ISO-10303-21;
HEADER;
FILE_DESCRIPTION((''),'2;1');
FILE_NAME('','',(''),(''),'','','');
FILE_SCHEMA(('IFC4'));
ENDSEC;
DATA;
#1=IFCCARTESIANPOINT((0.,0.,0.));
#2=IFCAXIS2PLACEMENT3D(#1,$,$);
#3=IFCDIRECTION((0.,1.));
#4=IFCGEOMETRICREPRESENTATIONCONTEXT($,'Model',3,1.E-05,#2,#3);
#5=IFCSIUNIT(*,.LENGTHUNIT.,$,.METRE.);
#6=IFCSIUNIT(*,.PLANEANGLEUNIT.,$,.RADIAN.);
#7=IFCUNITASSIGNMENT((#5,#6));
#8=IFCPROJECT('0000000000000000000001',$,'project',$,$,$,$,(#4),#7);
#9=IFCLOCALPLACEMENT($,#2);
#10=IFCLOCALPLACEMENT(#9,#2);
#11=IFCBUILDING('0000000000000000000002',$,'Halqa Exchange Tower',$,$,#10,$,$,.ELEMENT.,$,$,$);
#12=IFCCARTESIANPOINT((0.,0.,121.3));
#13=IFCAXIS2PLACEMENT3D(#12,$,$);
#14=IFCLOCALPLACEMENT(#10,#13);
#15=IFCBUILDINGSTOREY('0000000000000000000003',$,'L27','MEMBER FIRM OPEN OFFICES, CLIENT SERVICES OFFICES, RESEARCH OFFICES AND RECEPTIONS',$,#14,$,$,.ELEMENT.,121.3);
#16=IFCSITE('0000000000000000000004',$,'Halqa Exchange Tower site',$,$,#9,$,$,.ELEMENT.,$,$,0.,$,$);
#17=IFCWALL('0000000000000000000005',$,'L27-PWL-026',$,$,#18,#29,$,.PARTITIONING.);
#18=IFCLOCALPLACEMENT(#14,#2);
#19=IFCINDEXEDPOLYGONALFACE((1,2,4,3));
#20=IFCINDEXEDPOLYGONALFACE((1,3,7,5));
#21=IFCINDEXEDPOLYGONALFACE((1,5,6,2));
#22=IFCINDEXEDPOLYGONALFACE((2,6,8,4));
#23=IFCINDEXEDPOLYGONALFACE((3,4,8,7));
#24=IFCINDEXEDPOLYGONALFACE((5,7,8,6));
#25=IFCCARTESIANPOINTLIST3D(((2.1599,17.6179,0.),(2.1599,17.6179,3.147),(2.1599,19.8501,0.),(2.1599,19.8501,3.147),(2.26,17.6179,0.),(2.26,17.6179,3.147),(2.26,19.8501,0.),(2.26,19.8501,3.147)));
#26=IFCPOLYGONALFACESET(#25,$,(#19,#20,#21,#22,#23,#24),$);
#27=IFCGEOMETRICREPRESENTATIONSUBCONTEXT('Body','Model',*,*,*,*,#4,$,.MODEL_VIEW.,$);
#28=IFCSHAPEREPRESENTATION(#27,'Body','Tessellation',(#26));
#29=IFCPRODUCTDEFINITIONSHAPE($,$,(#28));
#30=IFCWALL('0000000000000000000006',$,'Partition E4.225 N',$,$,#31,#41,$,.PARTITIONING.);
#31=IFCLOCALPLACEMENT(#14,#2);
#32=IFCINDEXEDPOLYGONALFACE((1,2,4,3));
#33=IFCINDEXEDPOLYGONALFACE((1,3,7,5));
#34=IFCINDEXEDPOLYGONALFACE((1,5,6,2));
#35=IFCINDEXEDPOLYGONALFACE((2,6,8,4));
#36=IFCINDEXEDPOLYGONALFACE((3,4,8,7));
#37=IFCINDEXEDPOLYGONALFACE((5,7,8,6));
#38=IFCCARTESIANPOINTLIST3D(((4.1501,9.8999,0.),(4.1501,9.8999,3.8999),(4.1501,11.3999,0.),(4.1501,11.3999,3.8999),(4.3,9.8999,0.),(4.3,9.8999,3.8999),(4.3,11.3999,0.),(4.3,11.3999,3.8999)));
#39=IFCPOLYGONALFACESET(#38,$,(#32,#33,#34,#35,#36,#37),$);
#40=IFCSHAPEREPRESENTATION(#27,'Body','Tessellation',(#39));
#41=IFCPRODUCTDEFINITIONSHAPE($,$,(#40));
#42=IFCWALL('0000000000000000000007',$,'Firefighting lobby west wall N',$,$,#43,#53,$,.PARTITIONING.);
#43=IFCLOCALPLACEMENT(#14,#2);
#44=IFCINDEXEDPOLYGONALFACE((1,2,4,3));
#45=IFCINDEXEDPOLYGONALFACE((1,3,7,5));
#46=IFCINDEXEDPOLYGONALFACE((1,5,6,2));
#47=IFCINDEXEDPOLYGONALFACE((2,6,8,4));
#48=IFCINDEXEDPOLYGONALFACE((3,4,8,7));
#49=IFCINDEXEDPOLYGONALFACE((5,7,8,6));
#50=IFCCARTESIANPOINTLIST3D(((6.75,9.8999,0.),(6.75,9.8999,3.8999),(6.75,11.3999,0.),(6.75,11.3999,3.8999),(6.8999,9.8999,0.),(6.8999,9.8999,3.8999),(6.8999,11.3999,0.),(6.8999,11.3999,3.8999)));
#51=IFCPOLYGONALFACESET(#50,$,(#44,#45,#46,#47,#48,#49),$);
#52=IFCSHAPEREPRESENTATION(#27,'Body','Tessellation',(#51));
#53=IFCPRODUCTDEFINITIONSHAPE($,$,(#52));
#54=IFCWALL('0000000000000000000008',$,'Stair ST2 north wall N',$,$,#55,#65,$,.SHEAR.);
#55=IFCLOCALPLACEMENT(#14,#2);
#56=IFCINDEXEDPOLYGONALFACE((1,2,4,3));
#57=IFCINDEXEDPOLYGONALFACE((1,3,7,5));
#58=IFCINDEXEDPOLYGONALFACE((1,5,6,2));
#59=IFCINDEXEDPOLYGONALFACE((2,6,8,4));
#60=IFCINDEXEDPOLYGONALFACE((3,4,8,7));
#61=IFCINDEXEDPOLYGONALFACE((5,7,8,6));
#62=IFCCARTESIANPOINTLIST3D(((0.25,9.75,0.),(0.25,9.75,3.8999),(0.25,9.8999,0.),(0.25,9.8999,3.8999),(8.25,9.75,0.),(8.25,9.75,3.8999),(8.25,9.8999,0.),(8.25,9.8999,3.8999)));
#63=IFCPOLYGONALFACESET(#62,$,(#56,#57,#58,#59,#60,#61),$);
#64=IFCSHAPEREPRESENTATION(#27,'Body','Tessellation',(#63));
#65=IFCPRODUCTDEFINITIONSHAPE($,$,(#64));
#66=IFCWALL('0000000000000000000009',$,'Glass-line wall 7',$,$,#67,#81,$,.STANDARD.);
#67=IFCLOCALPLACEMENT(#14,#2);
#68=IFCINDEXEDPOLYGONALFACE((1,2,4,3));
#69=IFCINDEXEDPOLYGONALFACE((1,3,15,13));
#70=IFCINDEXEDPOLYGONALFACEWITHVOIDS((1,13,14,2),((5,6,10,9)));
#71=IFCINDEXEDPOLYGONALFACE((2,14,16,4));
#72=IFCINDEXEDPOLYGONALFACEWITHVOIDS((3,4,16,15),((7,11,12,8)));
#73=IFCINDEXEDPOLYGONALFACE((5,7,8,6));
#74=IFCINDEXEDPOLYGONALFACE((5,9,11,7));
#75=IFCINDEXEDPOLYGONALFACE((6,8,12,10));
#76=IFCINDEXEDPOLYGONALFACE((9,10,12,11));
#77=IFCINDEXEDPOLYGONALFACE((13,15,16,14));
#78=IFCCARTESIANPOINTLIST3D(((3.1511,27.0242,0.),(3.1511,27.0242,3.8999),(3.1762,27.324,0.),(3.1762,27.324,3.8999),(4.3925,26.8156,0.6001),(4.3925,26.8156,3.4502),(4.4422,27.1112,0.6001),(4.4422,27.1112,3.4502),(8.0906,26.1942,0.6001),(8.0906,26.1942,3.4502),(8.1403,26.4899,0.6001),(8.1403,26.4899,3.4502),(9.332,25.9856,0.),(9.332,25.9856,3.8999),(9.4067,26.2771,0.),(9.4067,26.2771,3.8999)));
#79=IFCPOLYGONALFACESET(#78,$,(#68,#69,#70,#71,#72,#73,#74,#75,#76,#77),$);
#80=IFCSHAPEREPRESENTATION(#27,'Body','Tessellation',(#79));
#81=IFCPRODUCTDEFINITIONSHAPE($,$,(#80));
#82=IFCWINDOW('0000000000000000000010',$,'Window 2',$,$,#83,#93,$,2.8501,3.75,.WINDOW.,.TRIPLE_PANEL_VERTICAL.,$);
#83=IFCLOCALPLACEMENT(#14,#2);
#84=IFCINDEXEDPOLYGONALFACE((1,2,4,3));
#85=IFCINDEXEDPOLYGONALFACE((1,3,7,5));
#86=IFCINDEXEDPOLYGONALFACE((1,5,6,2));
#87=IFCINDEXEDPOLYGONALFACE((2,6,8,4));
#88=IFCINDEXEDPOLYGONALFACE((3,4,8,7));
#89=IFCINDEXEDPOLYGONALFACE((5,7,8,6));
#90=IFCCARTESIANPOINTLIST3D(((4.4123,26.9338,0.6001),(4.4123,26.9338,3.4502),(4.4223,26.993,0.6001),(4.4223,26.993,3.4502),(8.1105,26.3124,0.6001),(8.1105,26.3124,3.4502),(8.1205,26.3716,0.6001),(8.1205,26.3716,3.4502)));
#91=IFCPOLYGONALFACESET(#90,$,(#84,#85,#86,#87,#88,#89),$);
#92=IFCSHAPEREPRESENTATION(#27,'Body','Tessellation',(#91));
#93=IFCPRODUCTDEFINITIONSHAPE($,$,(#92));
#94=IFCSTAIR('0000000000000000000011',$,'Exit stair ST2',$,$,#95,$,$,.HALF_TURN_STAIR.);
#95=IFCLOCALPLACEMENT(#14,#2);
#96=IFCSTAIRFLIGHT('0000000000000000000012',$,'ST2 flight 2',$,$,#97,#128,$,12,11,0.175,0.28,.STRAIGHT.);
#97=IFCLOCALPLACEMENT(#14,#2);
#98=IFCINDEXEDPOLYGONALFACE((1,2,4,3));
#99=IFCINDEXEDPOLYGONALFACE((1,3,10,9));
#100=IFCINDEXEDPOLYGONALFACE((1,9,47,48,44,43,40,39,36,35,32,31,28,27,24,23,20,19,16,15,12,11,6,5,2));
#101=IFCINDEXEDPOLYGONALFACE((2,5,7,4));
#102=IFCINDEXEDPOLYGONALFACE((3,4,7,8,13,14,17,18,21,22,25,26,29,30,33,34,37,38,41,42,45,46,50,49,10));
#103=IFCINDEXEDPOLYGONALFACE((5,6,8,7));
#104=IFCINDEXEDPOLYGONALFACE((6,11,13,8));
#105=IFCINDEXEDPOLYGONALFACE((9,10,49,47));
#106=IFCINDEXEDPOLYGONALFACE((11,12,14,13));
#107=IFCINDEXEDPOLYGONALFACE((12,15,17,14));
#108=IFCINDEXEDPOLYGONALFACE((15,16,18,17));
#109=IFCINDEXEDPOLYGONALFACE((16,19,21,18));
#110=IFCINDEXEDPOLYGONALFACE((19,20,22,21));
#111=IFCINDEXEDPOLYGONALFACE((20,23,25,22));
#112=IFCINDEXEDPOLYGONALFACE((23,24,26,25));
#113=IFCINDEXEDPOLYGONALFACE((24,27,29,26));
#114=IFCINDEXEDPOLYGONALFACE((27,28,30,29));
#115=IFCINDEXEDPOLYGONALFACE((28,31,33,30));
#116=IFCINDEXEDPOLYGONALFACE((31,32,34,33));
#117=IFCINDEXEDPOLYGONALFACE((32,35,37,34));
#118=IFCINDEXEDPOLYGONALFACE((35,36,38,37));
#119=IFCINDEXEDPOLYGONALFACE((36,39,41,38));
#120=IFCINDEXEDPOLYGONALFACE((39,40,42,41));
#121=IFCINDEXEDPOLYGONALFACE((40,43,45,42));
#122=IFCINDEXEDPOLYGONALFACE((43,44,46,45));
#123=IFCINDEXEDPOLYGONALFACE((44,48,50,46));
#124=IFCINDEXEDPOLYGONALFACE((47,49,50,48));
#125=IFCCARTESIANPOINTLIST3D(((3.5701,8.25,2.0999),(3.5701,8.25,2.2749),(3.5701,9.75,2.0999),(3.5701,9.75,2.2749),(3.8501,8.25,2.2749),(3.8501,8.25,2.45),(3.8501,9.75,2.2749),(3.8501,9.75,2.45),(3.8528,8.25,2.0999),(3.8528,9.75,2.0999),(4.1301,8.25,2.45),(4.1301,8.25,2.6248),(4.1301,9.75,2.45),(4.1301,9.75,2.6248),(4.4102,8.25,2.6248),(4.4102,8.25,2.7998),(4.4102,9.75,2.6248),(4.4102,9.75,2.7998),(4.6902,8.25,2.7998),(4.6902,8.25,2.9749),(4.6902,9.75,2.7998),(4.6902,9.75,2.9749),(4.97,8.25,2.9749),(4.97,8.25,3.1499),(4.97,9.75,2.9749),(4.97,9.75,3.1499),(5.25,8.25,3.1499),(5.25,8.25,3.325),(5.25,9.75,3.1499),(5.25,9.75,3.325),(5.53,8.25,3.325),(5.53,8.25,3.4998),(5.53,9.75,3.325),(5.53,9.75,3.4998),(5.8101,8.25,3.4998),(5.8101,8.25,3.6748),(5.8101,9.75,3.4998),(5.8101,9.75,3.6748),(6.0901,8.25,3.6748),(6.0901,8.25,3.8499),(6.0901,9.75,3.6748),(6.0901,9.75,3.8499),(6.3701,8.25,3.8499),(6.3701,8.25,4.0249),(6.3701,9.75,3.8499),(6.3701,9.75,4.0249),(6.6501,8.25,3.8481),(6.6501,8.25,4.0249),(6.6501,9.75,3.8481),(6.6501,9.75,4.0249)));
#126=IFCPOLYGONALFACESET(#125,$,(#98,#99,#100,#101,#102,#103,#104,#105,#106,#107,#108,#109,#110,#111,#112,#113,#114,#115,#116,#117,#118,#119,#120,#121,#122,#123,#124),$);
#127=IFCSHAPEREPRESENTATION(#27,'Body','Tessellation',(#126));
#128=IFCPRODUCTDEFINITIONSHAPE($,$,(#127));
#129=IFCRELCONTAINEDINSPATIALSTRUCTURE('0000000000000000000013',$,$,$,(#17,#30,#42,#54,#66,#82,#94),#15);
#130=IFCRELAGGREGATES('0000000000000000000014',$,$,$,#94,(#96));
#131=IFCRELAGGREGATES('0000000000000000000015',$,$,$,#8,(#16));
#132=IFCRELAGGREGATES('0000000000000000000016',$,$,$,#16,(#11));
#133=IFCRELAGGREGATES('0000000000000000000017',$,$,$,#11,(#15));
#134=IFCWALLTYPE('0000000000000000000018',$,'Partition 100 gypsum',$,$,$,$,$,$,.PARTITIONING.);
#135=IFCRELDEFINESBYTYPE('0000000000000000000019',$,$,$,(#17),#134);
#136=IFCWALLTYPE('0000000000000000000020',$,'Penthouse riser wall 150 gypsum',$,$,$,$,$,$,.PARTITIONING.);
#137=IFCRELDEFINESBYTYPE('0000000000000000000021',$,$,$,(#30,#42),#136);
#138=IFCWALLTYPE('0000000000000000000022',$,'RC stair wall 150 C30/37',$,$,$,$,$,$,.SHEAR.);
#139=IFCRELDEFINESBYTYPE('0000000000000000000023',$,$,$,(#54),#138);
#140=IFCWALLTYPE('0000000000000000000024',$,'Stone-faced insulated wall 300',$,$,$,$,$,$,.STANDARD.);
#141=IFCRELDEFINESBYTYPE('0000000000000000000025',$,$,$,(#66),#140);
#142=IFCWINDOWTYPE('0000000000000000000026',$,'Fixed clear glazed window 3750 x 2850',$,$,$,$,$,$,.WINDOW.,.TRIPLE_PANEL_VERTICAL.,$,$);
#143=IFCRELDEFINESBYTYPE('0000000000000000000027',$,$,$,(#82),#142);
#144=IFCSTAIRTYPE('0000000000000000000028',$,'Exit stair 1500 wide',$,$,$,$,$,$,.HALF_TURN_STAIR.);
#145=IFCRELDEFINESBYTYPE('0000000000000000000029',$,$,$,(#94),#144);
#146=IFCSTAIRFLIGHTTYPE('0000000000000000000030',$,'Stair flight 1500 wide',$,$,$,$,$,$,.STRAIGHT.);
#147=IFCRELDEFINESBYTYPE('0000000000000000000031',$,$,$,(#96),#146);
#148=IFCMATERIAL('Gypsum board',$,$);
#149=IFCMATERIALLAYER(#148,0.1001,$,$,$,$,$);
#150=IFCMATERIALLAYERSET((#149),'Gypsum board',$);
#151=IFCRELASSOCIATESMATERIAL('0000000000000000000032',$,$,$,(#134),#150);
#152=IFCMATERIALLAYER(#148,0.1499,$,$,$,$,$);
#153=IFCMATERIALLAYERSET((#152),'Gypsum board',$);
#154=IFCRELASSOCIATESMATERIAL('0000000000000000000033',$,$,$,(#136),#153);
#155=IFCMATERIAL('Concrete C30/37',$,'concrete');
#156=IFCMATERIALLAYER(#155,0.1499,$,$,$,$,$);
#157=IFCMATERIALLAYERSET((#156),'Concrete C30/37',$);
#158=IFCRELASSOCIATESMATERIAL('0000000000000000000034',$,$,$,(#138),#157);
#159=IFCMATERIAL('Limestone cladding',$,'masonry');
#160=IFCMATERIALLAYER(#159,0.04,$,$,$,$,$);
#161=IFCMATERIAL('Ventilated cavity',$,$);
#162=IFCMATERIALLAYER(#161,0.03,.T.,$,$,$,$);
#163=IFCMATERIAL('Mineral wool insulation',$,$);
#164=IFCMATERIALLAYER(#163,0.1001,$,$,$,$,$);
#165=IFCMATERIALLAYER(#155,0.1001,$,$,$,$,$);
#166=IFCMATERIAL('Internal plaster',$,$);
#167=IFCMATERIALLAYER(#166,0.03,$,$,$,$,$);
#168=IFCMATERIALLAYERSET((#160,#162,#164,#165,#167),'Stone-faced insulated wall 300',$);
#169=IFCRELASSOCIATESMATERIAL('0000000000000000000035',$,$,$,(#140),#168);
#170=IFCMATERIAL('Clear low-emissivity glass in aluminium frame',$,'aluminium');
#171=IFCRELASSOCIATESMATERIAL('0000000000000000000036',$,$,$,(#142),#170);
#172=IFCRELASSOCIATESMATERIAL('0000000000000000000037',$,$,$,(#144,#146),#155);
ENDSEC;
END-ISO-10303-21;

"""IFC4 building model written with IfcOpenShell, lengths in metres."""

from ifc_helpers import new_model, si_unit, direction, frame, frame_2d, origin, place, context, subcontext, project, spatial, polyline, rectangle, outline, extrude, material, layer, layer_set, type_object, element, fill, aggregate, save


model = new_model("IFC4")

# Units and contexts
model_context = context("Model", 3, precision=1e-05, world=origin(), true_north=direction((0.0, 1.0)))
body_context = subcontext(model_context, "Body", "Model", "MODEL_VIEW")
ifc_project = project(units=[si_unit("LENGTHUNIT", "METRE"), si_unit("PLANEANGLEUNIT", "RADIAN")], contexts=[model_context])

# Site, building, storey
site_placement = place(None, origin())
site = spatial("IfcSite", under=ifc_project, at=site_placement, Name="Halqa Exchange Tower site", CompositionType="ELEMENT", RefElevation=0.0)
building_placement = place(site_placement, origin())
building = spatial("IfcBuilding", under=site, at=building_placement, Name="Halqa Exchange Tower", CompositionType="ELEMENT")
storey_placement = place(building_placement, frame((0.0, 0.0, 121.3)))
storey = spatial("IfcBuildingStorey", under=building, at=storey_placement, Name="L27", Description="MEMBER FIRM OPEN OFFICES, CLIENT SERVICES OFFICES, RESEARCH OFFICES AND RECEPTIONS", CompositionType="ELEMENT", Elevation=121.3)

# Walls
ifc_material_1 = material(Name="Gypsum board")
ifc_layer_1 = layer(ifc_material_1, 0.1001)
ifc_layer_set_1 = layer_set([ifc_layer_1], Name="Gypsum board")
wall_type_1 = type_object("IfcWallType", Name="Partition 100 gypsum", PredefinedType="PARTITIONING", material=ifc_layer_set_1)
wall_1_placement = place(storey_placement, frame((2.21, 17.6179, 0.0), z_axis=(0.0, 0.0, 1.0), x_axis=(0.0, 1.0, 0.0)))
element("IfcWall", 1, at=wall_1_placement, inside=storey, type_object=wall_type_1, Name="L27-PWL-026", PredefinedType="PARTITIONING", context=body_context, shape_type="SweptSolid", body=[
    extrude(outline(polyline([(0.0, -0.05), (2.2322, -0.05), (2.2322, 0.05), (0.0, 0.05), (0.0, -0.05)])), origin(), (0.0, 0.0, 1.0), 3.147),
])
ifc_layer_2 = layer(ifc_material_1, 0.1499)
ifc_layer_set_2 = layer_set([ifc_layer_2], Name="Gypsum board")
wall_type_2 = type_object("IfcWallType", Name="Penthouse riser wall 150 gypsum", PredefinedType="PARTITIONING", material=ifc_layer_set_2)
for number, where, z_axis, x_axis, name in (
    (2, (4.2251, 9.8999, 0.0), (0.0, 0.0, 1.0), (0.0, 1.0, 0.0), "Partition E4.225 N"),
    (3, (6.825, 9.8999, 0.0), (0.0, 0.0, 1.0), (0.0, 1.0, 0.0), "Firefighting lobby west wall N"),
):
    element("IfcWall", number, at=place(storey_placement, frame(where, z_axis=z_axis, x_axis=x_axis)), inside=storey, type_object=wall_type_2, Name=name, PredefinedType="PARTITIONING", context=body_context, shape_type="SweptSolid", body=[
        extrude(rectangle(XDim=1.5, YDim=0.1499, at=frame_2d((0.75, 0.0))), origin(), (0.0, 0.0, 1.0), 3.8999),
    ])
ifc_material_2 = material(Name="Concrete C30/37", Category="concrete")
ifc_layer_3 = layer(ifc_material_2, 0.1499)
ifc_layer_set_3 = layer_set([ifc_layer_3], Name="Concrete C30/37")
wall_type_3 = type_object("IfcWallType", Name="RC stair wall 150 C30/37", PredefinedType="SHEAR", material=ifc_layer_set_3)
wall_2_placement = place(storey_placement, frame((0.25, 9.825, 0.0), z_axis=(0.0, 0.0, 1.0), x_axis=(1.0, 0.0, 0.0)))
element("IfcWall", 4, at=wall_2_placement, inside=storey, type_object=wall_type_3, Name="Stair ST2 north wall N", PredefinedType="SHEAR", context=body_context, shape_type="SweptSolid", body=[
    extrude(rectangle(XDim=8.0, YDim=0.1499, at=frame_2d((4.0, 0.0))), origin(), (0.0, 0.0, 1.0), 3.8999),
])

# Wall, opening, window
ifc_material_3 = material(Name="Limestone cladding", Category="masonry")
ifc_layer_4 = layer(ifc_material_3, 0.04)
ifc_material_4 = material(Name="Ventilated cavity")
ifc_layer_5 = layer(ifc_material_4, 0.03, ventilated=True)
ifc_material_5 = material(Name="Mineral wool insulation")
ifc_layer_6 = layer(ifc_material_5, 0.1001)
ifc_layer_7 = layer(ifc_material_2, 0.1001)
ifc_material_6 = material(Name="Internal plaster")
ifc_layer_8 = layer(ifc_material_6, 0.03)
ifc_layer_set_4 = layer_set([ifc_layer_4, ifc_layer_5, ifc_layer_6, ifc_layer_7, ifc_layer_8], Name="Stone-faced insulated wall 300")
wall_type_4 = type_object("IfcWallType", Name="Stone-faced insulated wall 300", PredefinedType="STANDARD", material=ifc_layer_set_4)
wall_3_placement = place(storey_placement, frame((9.3694, 26.1313, 0.0), z_axis=(0.0, 0.0, 1.0), x_axis=(-0.986176, 0.165701, 0.0)))
wall_3 = element("IfcWall", 5, at=wall_3_placement, inside=storey, type_object=wall_type_4, Name="Glass-line wall 7", PredefinedType="STANDARD", context=body_context, shape_type="SweptSolid", body=[
    extrude(outline(polyline([(-0.0127, -0.1499), (6.3052, -0.1499), (6.2803, 0.1499), (0.0127, 0.1499), (-0.0127, -0.1499)])), origin(), (0.0, 0.0, 1.0), 3.8999),
])
opening_1_placement = place(wall_3_placement, frame((1.2715, 0.0, 0.6001)))
opening_1 = element("IfcOpeningElement", 6, at=opening_1_placement, cuts=wall_3, PredefinedType="OPENING", context=body_context, shape_type="SweptSolid", body=[
    extrude(rectangle(XDim=3.75, YDim=2.8501, at=frame_2d((1.875, 1.425))), frame((0.0, 0.1621, 0.0), z_axis=(0.0, -1.0, 0.0), x_axis=(1.0, 0.0, 0.0)), (0.0, 0.0, 1.0), 0.324),
])
ifc_material_7 = material(Name="Clear low-emissivity glass in aluminium frame", Category="aluminium")
window_type = type_object("IfcWindowType", Name="Fixed clear glazed window 3750 x 2850", PartitioningType="TRIPLE_PANEL_VERTICAL", PredefinedType="WINDOW", material=ifc_material_7)
window_placement = place(opening_1_placement, origin())
window = element("IfcWindow", 7, at=window_placement, inside=storey, type_object=window_type, Name="Window 2", OverallHeight=2.8501, OverallWidth=3.75, PartitioningType="TRIPLE_PANEL_VERTICAL", PredefinedType="WINDOW", context=body_context, shape_type="SweptSolid", body=[
    extrude(rectangle(XDim=3.75, YDim=2.8501, at=frame_2d((1.875, 1.425))), frame((0.0, 0.03, 0.0), z_axis=(0.0, -1.0, 0.0), x_axis=(1.0, 0.0, 0.0)), (0.0, 0.0, 1.0), 0.0601),
])
fill(opening_1, window)

# Stair, stair flight
stair_type = type_object("IfcStairType", Name="Exit stair 1500 wide", PredefinedType="HALF_TURN_STAIR", material=ifc_material_2)
stair_placement = place(storey_placement, origin())
stair = element("IfcStair", 8, at=stair_placement, inside=storey, type_object=stair_type, Name="Exit stair ST2", PredefinedType="HALF_TURN_STAIR")
stair_flight_type = type_object("IfcStairFlightType", Name="Stair flight 1500 wide", PredefinedType="STRAIGHT", material=ifc_material_2)
stair_flight_placement = place(storey_placement, frame((3.5701, 9.0, 2.0999), z_axis=(0.0, 0.0, 1.0), x_axis=(1.0, 0.0, 0.0)))
stair_flight = element("IfcStairFlight", 9, at=stair_flight_placement, type_object=stair_flight_type, Name="ST2 flight 2", NumberOfRisers=12, NumberOfTreads=11, PredefinedType="STRAIGHT", RiserHeight=0.175, TreadLength=0.28, context=body_context, shape_type="SweptSolid", body=[
    extrude(outline(polyline([(0.0, 0.0), (0.0, 0.175), (0.28, 0.175), (0.28, 0.3501), (0.5601, 0.3501), (0.5601, 0.5249), (0.8401, 0.5249), (0.8401, 0.7), (1.1201, 0.7), (1.1201, 0.875), (1.3999, 0.875), (1.3999, 1.05), (1.6799, 1.05), (1.6799, 1.2251), (1.96, 1.2251), (1.96, 1.3999), (2.24, 1.3999), (2.24, 1.575), (2.52, 1.575), (2.52, 1.75), (2.8, 1.75), (2.8, 1.925), (3.0801, 1.925), (3.0801, 2.1001), (3.0801, 1.7483), (0.2827, 0.0), (0.0, 0.0)])), frame((0.0, 0.75, 0.0), z_axis=(0.0, -1.0, 0.0), x_axis=(1.0, 0.0, 0.0)), (0.0, 0.0, 1.0), 1.5),
])
aggregate(stair, [stair_flight])

save(model, "model.ifc")
